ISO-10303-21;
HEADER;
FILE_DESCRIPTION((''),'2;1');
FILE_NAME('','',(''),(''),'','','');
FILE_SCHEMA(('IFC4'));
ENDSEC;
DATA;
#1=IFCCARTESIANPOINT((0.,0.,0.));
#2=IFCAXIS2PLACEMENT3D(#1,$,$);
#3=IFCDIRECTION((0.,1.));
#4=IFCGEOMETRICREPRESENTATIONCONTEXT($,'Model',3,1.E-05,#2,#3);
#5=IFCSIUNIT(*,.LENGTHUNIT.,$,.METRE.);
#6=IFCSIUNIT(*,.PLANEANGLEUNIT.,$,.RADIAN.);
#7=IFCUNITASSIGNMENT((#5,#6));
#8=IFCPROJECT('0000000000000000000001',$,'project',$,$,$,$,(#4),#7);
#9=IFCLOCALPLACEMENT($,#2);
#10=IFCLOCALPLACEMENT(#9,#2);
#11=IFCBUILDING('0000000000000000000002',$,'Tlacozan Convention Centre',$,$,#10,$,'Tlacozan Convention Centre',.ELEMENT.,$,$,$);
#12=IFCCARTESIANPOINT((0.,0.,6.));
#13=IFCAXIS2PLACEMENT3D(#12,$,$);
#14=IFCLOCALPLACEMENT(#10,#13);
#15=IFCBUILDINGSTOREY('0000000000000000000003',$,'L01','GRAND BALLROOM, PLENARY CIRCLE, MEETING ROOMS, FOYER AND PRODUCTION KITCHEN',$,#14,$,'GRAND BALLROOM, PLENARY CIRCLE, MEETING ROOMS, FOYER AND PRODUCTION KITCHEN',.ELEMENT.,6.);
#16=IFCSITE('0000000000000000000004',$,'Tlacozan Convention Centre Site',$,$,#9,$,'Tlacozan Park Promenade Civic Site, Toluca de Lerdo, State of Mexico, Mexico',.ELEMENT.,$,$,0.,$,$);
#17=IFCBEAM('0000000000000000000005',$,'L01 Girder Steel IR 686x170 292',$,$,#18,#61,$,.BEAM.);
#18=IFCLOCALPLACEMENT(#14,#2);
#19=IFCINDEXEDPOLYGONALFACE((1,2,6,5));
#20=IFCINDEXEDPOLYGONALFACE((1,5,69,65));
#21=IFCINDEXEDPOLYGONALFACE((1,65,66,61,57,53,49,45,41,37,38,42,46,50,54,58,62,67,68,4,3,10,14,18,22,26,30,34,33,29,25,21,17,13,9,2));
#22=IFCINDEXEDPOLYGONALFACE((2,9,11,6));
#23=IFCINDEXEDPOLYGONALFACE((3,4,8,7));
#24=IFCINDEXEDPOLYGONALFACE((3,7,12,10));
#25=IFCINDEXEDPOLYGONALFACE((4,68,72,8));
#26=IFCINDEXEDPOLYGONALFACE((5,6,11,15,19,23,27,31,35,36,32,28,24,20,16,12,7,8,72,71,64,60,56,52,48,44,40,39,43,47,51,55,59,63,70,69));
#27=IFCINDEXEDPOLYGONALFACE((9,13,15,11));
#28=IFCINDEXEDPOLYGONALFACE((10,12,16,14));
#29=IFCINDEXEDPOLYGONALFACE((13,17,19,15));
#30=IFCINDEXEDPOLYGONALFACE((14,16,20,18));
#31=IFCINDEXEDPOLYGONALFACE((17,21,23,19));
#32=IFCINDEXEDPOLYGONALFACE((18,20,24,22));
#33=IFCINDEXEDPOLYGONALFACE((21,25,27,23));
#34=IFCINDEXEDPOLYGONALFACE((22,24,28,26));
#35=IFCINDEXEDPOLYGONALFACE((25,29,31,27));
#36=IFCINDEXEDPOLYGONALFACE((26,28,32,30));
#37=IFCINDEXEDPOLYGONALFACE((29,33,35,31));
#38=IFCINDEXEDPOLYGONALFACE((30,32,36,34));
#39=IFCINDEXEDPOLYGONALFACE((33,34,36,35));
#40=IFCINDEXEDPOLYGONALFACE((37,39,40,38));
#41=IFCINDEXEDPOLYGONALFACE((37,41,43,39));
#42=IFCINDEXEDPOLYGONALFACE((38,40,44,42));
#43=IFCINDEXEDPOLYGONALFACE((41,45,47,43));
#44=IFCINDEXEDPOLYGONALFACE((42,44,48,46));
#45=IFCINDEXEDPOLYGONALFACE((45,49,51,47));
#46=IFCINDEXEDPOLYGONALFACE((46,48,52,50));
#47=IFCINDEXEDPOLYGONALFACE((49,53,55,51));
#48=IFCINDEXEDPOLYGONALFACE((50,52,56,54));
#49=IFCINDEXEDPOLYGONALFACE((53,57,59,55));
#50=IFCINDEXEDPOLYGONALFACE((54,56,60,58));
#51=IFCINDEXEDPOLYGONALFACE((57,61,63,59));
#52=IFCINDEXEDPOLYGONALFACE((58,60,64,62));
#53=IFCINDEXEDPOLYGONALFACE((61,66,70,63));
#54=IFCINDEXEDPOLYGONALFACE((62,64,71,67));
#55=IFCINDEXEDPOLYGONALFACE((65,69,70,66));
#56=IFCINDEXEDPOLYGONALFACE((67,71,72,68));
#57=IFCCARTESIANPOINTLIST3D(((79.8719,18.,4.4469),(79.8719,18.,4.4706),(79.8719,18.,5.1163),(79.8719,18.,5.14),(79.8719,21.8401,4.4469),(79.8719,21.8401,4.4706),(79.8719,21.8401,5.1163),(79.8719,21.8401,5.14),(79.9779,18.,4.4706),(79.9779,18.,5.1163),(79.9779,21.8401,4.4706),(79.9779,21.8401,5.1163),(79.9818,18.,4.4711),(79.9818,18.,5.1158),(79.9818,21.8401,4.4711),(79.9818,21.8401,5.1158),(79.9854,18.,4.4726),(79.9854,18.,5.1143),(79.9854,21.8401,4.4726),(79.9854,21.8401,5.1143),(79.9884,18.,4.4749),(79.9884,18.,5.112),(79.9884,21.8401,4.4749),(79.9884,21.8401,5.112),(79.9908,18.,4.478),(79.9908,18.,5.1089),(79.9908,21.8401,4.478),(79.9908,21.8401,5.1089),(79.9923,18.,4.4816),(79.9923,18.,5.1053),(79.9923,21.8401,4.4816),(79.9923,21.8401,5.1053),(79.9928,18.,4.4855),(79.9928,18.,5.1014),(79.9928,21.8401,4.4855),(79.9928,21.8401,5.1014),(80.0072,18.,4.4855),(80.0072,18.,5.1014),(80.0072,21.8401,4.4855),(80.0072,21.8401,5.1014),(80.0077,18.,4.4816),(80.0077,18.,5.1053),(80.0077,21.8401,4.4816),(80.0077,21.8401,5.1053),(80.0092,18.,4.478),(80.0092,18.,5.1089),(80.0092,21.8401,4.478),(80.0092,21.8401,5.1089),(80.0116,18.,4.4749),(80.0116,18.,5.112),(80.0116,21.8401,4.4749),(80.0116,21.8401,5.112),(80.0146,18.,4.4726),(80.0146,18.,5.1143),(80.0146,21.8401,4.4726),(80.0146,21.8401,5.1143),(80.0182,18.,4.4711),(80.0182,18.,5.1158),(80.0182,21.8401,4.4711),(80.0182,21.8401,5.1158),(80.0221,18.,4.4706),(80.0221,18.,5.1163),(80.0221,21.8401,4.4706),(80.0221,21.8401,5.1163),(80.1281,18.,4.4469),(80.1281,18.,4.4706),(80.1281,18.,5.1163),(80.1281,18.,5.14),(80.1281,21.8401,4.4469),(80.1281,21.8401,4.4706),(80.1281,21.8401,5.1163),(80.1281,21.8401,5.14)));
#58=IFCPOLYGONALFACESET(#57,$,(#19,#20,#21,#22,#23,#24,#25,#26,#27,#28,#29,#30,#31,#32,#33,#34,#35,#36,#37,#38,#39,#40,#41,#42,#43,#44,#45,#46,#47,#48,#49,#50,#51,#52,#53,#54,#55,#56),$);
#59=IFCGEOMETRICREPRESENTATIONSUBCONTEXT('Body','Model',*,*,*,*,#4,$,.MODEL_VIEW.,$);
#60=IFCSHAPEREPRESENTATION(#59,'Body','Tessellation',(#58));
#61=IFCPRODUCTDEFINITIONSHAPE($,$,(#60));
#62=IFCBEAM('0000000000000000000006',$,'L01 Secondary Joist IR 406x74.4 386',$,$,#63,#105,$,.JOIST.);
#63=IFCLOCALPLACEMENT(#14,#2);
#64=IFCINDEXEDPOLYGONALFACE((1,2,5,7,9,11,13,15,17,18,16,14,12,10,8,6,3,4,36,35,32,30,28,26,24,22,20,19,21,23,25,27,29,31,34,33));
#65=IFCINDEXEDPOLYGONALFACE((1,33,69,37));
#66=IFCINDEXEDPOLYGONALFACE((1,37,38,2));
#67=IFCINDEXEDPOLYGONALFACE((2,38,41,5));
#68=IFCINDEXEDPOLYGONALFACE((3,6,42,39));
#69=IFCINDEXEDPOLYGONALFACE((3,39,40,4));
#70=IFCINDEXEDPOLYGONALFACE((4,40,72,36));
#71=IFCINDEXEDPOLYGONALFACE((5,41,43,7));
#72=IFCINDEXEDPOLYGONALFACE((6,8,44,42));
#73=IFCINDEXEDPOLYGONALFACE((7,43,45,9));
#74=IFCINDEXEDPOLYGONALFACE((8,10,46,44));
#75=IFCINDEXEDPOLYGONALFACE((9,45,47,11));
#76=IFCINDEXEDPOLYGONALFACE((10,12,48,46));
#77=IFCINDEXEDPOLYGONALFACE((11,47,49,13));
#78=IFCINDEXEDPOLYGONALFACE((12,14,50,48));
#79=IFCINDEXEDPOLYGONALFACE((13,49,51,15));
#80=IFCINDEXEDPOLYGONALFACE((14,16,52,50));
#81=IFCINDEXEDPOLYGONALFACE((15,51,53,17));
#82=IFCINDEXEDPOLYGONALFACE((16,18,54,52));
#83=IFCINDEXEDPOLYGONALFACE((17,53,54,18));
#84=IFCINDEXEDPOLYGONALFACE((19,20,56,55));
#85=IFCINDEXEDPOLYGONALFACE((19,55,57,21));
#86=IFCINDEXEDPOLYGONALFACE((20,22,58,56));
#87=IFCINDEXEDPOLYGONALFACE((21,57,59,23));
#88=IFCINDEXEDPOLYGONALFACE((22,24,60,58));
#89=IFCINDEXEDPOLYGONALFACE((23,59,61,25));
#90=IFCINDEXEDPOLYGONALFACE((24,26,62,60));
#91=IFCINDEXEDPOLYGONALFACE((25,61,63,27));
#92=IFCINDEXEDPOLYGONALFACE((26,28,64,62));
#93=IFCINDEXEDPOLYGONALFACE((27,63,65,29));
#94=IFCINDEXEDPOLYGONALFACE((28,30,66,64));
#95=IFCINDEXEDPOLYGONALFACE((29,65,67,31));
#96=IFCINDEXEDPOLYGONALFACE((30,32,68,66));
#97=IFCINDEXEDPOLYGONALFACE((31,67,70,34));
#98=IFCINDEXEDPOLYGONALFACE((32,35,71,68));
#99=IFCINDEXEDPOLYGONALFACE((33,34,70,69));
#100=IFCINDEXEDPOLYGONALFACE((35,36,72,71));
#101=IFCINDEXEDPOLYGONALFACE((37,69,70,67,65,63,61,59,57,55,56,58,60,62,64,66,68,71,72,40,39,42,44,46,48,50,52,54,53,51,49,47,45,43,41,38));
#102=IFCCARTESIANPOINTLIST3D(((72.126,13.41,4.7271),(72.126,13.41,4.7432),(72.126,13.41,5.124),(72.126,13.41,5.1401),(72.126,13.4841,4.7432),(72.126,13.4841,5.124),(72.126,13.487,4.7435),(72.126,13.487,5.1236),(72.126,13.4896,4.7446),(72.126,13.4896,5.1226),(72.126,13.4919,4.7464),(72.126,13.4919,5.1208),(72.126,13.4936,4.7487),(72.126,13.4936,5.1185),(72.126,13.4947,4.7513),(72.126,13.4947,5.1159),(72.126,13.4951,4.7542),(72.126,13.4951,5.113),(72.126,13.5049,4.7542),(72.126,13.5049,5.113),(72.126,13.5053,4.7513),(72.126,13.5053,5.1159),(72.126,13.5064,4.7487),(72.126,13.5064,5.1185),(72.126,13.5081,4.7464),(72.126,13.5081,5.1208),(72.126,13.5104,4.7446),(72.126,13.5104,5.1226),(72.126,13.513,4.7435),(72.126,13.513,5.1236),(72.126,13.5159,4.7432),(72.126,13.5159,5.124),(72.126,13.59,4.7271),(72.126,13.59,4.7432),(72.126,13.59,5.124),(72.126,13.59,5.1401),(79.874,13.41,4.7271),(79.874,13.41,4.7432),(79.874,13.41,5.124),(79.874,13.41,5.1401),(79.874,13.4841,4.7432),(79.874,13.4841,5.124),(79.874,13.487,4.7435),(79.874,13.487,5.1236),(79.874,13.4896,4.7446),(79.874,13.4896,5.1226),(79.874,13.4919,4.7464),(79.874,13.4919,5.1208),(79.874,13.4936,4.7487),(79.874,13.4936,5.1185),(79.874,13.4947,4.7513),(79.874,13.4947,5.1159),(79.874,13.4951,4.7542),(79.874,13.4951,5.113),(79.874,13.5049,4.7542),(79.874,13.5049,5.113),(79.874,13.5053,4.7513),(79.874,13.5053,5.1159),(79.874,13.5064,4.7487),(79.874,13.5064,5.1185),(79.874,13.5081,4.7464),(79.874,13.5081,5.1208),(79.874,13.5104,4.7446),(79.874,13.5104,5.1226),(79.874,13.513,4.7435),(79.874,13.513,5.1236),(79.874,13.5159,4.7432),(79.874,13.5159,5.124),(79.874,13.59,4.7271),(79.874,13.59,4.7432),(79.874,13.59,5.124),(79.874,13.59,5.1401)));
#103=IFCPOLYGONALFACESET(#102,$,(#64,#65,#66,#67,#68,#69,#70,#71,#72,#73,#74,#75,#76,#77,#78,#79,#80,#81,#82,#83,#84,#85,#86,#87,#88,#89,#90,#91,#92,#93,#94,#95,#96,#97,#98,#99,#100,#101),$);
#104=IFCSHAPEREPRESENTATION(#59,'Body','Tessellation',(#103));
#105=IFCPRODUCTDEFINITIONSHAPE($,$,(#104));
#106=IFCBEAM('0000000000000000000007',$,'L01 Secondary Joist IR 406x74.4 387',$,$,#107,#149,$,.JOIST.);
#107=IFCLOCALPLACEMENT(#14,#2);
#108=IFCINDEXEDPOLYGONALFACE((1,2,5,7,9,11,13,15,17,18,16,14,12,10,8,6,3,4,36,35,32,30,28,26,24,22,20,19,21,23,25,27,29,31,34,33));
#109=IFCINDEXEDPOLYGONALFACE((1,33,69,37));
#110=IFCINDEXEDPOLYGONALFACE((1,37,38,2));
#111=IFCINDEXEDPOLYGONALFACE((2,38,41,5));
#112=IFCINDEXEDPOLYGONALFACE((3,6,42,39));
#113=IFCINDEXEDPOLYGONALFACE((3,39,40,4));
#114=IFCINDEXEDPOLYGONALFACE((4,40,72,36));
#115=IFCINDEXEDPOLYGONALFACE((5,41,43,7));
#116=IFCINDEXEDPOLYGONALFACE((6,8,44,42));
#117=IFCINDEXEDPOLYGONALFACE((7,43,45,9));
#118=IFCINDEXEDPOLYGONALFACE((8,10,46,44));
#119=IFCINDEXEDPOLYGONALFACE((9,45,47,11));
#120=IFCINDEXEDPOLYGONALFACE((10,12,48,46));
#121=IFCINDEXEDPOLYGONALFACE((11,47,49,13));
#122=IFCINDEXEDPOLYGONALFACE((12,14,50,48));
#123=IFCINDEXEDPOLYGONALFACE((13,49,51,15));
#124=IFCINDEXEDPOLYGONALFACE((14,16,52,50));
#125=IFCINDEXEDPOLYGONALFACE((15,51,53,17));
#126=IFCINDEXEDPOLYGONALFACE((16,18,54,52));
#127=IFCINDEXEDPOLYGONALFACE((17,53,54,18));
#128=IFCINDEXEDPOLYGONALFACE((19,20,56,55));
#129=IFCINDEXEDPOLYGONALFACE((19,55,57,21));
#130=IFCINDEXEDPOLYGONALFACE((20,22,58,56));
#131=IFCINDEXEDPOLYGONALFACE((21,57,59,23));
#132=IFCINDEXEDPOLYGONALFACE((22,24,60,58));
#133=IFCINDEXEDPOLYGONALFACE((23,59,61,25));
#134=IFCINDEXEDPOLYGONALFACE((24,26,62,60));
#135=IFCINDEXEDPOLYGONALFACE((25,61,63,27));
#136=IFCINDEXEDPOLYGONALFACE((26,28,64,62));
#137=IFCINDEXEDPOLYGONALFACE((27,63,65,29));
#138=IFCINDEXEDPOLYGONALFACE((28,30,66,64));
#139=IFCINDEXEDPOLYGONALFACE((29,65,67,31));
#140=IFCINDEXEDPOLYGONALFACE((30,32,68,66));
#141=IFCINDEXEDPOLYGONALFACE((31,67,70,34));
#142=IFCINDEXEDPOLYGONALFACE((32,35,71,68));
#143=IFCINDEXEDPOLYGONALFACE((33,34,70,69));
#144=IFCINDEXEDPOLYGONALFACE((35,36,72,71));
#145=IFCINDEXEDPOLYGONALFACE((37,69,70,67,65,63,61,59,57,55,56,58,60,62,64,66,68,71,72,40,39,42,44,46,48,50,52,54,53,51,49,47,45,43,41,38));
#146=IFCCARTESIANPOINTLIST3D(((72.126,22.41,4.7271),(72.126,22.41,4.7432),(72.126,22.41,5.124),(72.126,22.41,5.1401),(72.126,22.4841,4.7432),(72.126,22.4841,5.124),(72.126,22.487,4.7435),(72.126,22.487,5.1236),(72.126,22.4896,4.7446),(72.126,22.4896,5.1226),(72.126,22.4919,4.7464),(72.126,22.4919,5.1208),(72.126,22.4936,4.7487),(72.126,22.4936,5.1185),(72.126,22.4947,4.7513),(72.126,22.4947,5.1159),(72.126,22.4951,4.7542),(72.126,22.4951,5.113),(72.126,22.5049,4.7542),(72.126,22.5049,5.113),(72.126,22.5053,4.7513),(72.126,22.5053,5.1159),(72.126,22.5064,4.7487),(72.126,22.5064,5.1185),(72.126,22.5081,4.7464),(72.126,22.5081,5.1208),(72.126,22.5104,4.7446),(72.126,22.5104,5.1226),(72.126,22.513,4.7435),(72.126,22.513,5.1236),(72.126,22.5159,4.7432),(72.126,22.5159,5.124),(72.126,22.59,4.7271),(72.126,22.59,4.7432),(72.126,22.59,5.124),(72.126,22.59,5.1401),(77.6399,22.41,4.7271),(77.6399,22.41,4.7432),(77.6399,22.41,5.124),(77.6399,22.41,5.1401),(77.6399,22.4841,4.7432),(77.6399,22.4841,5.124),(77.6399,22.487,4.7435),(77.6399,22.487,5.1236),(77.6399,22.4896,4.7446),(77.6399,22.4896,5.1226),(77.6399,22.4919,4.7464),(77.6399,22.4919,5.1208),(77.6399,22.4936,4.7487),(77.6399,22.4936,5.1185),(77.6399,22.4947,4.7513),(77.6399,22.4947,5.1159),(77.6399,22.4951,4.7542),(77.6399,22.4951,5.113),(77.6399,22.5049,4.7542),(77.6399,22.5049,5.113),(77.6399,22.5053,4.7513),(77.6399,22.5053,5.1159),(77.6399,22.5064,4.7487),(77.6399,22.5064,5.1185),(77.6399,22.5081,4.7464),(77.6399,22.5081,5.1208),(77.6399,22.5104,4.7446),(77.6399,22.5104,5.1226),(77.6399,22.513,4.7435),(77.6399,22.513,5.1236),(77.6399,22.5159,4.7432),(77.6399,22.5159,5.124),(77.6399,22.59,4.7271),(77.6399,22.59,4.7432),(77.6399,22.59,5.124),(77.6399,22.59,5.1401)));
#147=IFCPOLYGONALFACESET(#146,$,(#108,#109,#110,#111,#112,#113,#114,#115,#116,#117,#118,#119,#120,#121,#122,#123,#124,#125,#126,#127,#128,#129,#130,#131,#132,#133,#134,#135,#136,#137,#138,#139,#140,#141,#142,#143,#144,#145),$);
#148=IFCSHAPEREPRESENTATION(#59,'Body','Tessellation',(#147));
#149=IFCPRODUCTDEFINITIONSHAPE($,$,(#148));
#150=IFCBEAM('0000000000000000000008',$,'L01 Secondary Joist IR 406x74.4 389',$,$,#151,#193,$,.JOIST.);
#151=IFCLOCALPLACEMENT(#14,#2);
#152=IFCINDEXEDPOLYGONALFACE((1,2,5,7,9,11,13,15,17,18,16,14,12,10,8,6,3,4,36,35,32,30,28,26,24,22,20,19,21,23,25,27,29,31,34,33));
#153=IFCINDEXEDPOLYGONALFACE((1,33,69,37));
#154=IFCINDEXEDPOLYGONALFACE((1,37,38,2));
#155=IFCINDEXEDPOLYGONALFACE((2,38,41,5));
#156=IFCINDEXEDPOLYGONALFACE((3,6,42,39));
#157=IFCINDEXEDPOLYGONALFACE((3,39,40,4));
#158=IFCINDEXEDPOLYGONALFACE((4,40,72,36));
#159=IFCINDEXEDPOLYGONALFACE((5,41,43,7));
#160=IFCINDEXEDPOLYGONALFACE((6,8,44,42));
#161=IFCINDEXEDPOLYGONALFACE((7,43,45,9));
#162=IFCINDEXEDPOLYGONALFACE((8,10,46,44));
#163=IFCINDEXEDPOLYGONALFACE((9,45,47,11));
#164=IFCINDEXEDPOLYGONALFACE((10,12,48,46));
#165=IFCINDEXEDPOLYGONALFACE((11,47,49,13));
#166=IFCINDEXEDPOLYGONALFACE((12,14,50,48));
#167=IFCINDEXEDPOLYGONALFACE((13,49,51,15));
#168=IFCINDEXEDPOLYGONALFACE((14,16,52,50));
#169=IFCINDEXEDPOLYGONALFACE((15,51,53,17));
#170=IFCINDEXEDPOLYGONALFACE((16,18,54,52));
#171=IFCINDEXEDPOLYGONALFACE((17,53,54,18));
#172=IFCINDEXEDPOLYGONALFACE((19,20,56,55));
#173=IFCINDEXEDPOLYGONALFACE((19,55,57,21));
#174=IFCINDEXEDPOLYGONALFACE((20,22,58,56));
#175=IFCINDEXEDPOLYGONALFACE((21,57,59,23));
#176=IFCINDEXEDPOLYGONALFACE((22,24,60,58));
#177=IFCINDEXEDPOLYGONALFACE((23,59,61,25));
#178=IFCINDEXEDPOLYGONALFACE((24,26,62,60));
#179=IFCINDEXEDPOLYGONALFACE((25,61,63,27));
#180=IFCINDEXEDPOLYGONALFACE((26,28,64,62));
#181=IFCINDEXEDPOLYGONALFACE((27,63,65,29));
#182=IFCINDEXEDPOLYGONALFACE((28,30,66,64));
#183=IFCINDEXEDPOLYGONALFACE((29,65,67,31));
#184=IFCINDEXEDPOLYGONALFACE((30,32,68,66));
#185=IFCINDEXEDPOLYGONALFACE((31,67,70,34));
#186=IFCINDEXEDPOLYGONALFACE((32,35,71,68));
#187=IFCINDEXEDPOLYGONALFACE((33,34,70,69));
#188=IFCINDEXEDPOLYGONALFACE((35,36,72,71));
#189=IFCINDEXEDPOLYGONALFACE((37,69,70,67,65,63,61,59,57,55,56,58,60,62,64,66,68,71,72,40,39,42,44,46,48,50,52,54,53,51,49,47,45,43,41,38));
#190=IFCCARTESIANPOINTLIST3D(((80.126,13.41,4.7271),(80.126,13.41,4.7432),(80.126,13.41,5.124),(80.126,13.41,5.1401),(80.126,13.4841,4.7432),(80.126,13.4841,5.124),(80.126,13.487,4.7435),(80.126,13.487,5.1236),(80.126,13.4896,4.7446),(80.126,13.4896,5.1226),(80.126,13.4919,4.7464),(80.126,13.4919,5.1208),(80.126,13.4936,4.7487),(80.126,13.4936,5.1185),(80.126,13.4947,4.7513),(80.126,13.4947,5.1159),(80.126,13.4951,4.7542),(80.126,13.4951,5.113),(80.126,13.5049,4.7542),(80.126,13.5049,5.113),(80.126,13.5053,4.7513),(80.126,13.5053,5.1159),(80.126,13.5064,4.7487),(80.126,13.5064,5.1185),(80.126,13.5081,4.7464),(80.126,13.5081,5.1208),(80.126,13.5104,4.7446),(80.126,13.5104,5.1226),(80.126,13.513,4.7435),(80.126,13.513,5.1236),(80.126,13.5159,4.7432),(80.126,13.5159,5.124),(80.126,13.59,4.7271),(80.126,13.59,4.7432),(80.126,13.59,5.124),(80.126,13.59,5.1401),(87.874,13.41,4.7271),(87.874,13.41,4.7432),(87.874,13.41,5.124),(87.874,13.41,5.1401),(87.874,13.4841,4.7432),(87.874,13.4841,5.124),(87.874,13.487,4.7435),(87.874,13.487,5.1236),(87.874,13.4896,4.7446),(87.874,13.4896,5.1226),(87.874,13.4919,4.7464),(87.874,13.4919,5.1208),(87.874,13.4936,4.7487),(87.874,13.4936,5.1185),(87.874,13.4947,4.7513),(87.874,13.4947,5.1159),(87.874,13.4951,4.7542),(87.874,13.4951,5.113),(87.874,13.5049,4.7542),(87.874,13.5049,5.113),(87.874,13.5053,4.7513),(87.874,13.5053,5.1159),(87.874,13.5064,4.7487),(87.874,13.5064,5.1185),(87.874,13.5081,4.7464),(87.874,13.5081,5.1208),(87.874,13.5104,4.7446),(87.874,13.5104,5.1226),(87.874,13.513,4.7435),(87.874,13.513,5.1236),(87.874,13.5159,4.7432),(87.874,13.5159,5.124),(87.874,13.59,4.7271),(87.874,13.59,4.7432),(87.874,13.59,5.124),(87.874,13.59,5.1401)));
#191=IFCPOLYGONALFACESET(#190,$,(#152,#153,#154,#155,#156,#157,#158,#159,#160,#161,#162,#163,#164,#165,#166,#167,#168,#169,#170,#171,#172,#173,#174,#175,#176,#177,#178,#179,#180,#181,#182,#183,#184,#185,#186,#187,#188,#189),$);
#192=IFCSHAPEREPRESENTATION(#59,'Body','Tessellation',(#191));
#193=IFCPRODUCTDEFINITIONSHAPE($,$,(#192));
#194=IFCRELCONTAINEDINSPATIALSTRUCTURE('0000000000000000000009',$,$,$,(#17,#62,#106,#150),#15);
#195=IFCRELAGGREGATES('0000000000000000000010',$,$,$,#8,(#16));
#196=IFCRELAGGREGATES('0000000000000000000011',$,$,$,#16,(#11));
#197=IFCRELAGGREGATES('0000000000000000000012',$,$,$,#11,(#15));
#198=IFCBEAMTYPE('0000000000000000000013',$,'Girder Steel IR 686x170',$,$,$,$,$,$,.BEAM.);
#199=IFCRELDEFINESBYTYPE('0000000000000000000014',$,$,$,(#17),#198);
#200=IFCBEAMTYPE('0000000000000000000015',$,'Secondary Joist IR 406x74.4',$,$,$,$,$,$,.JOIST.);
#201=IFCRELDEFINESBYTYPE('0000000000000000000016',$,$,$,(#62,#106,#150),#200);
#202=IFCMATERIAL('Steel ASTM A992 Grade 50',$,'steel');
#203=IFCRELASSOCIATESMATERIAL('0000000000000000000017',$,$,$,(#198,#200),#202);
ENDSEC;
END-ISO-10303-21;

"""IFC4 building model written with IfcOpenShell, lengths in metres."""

from ifc_helpers import new_model, si_unit, direction, frame, origin, origin_2d, place, context, subcontext, project, spatial, i_section, extrude, material, material_profile, profile_set, type_object, element, save


model = new_model("IFC4")

# Units and contexts
model_context = context("Model", 3, precision=1e-05, world=origin(), true_north=direction((0.0, 1.0)))
body_context = subcontext(model_context, "Body", "Model", "MODEL_VIEW")
ifc_project = project(units=[si_unit("LENGTHUNIT", "METRE"), si_unit("PLANEANGLEUNIT", "RADIAN")], contexts=[model_context])

# Site, building, storey
site_placement = place(None, origin())
site = spatial("IfcSite", under=ifc_project, at=site_placement, Name="Tlacozan Convention Centre Site", LongName="Tlacozan Park Promenade Civic Site, Toluca de Lerdo, State of Mexico, Mexico", CompositionType="ELEMENT", RefElevation=0.0)
building_placement = place(site_placement, origin())
building = spatial("IfcBuilding", under=site, at=building_placement, Name="Tlacozan Convention Centre", LongName="Tlacozan Convention Centre", CompositionType="ELEMENT")
storey_placement = place(building_placement, frame((0.0, 0.0, 6.0)))
storey = spatial("IfcBuildingStorey", under=building, at=storey_placement, Name="L01", Description="GRAND BALLROOM, PLENARY CIRCLE, MEETING ROOMS, FOYER AND PRODUCTION KITCHEN", LongName="GRAND BALLROOM, PLENARY CIRCLE, MEETING ROOMS, FOYER AND PRODUCTION KITCHEN", CompositionType="ELEMENT", Elevation=6.0)

# Beams
ifc_material_1 = material(Name="Steel ASTM A992 Grade 50", Category="steel")
ifc_material_profile_1 = material_profile(ifc_material_1, i_section(OverallWidth=0.2561, OverallDepth=0.6931, WebThickness=0.0144, FlangeThickness=0.0237, FilletRadius=0.0149, at=origin_2d()), Name="IR 686x170.0")
ifc_profile_set_1 = profile_set([ifc_material_profile_1], Name="Steel ASTM A992 Grade 50")
beam_type_1 = type_object("IfcBeamType", Name="Girder Steel IR 686x170", PredefinedType="BEAM", material=ifc_profile_set_1)
beam_1_placement = place(storey_placement, frame((80.0, 18.0, 4.7935), z_axis=(0.0, 1.0, 0.0), x_axis=(-1.0, 0.0, 0.0)))
element("IfcBeam", 1, at=beam_1_placement, inside=storey, type_object=beam_type_1, Name="L01 Girder Steel IR 686x170 292", PredefinedType="BEAM", context=body_context, shape_type="SweptSolid", body=[
    extrude(i_section(OverallWidth=0.2561, OverallDepth=0.6931, WebThickness=0.0144, FlangeThickness=0.0237, FilletRadius=0.0149, at=origin_2d()), origin(), (0.0, 0.0, 1.0), 3.8401),
])
ifc_material_profile_2 = material_profile(ifc_material_1, i_section(OverallWidth=0.1799, OverallDepth=0.4131, WebThickness=0.0098, FlangeThickness=0.0161, FilletRadius=0.011, at=origin_2d()), Name="IR 406x74.4")
ifc_profile_set_2 = profile_set([ifc_material_profile_2], Name="Steel ASTM A992 Grade 50")
beam_type_2 = type_object("IfcBeamType", Name="Secondary Joist IR 406x74.4", PredefinedType="JOIST", material=ifc_profile_set_2)
beam_2_placement = place(storey_placement, frame((72.126, 13.5, 4.9336), z_axis=(1.0, 0.0, 0.0), x_axis=(0.0, 1.0, 0.0)))
element("IfcBeam", 2, at=beam_2_placement, inside=storey, type_object=beam_type_2, Name="L01 Secondary Joist IR 406x74.4 386", PredefinedType="JOIST", context=body_context, shape_type="SweptSolid", body=[
    extrude(i_section(OverallWidth=0.1799, OverallDepth=0.4131, WebThickness=0.0098, FlangeThickness=0.0161, FilletRadius=0.011, at=origin_2d()), origin(), (0.0, 0.0, 1.0), 7.748),
])
beam_3_placement = place(storey_placement, frame((72.126, 22.5, 4.9336), z_axis=(1.0, 0.0, 0.0), x_axis=(0.0, 1.0, 0.0)))
element("IfcBeam", 3, at=beam_3_placement, inside=storey, type_object=beam_type_2, Name="L01 Secondary Joist IR 406x74.4 387", PredefinedType="JOIST", context=body_context, shape_type="SweptSolid", body=[
    extrude(i_section(OverallWidth=0.1799, OverallDepth=0.4131, WebThickness=0.0098, FlangeThickness=0.0161, FilletRadius=0.011, at=origin_2d()), origin(), (0.0, 0.0, 1.0), 5.5139),
])
beam_4_placement = place(storey_placement, frame((80.126, 13.5, 4.9336), z_axis=(1.0, 0.0, 0.0), x_axis=(0.0, 1.0, 0.0)))
element("IfcBeam", 4, at=beam_4_placement, inside=storey, type_object=beam_type_2, Name="L01 Secondary Joist IR 406x74.4 389", PredefinedType="JOIST", context=body_context, shape_type="SweptSolid", body=[
    extrude(i_section(OverallWidth=0.1799, OverallDepth=0.4131, WebThickness=0.0098, FlangeThickness=0.0161, FilletRadius=0.011, at=origin_2d()), origin(), (0.0, 0.0, 1.0), 7.748),
])

save(model, "model.ifc")
